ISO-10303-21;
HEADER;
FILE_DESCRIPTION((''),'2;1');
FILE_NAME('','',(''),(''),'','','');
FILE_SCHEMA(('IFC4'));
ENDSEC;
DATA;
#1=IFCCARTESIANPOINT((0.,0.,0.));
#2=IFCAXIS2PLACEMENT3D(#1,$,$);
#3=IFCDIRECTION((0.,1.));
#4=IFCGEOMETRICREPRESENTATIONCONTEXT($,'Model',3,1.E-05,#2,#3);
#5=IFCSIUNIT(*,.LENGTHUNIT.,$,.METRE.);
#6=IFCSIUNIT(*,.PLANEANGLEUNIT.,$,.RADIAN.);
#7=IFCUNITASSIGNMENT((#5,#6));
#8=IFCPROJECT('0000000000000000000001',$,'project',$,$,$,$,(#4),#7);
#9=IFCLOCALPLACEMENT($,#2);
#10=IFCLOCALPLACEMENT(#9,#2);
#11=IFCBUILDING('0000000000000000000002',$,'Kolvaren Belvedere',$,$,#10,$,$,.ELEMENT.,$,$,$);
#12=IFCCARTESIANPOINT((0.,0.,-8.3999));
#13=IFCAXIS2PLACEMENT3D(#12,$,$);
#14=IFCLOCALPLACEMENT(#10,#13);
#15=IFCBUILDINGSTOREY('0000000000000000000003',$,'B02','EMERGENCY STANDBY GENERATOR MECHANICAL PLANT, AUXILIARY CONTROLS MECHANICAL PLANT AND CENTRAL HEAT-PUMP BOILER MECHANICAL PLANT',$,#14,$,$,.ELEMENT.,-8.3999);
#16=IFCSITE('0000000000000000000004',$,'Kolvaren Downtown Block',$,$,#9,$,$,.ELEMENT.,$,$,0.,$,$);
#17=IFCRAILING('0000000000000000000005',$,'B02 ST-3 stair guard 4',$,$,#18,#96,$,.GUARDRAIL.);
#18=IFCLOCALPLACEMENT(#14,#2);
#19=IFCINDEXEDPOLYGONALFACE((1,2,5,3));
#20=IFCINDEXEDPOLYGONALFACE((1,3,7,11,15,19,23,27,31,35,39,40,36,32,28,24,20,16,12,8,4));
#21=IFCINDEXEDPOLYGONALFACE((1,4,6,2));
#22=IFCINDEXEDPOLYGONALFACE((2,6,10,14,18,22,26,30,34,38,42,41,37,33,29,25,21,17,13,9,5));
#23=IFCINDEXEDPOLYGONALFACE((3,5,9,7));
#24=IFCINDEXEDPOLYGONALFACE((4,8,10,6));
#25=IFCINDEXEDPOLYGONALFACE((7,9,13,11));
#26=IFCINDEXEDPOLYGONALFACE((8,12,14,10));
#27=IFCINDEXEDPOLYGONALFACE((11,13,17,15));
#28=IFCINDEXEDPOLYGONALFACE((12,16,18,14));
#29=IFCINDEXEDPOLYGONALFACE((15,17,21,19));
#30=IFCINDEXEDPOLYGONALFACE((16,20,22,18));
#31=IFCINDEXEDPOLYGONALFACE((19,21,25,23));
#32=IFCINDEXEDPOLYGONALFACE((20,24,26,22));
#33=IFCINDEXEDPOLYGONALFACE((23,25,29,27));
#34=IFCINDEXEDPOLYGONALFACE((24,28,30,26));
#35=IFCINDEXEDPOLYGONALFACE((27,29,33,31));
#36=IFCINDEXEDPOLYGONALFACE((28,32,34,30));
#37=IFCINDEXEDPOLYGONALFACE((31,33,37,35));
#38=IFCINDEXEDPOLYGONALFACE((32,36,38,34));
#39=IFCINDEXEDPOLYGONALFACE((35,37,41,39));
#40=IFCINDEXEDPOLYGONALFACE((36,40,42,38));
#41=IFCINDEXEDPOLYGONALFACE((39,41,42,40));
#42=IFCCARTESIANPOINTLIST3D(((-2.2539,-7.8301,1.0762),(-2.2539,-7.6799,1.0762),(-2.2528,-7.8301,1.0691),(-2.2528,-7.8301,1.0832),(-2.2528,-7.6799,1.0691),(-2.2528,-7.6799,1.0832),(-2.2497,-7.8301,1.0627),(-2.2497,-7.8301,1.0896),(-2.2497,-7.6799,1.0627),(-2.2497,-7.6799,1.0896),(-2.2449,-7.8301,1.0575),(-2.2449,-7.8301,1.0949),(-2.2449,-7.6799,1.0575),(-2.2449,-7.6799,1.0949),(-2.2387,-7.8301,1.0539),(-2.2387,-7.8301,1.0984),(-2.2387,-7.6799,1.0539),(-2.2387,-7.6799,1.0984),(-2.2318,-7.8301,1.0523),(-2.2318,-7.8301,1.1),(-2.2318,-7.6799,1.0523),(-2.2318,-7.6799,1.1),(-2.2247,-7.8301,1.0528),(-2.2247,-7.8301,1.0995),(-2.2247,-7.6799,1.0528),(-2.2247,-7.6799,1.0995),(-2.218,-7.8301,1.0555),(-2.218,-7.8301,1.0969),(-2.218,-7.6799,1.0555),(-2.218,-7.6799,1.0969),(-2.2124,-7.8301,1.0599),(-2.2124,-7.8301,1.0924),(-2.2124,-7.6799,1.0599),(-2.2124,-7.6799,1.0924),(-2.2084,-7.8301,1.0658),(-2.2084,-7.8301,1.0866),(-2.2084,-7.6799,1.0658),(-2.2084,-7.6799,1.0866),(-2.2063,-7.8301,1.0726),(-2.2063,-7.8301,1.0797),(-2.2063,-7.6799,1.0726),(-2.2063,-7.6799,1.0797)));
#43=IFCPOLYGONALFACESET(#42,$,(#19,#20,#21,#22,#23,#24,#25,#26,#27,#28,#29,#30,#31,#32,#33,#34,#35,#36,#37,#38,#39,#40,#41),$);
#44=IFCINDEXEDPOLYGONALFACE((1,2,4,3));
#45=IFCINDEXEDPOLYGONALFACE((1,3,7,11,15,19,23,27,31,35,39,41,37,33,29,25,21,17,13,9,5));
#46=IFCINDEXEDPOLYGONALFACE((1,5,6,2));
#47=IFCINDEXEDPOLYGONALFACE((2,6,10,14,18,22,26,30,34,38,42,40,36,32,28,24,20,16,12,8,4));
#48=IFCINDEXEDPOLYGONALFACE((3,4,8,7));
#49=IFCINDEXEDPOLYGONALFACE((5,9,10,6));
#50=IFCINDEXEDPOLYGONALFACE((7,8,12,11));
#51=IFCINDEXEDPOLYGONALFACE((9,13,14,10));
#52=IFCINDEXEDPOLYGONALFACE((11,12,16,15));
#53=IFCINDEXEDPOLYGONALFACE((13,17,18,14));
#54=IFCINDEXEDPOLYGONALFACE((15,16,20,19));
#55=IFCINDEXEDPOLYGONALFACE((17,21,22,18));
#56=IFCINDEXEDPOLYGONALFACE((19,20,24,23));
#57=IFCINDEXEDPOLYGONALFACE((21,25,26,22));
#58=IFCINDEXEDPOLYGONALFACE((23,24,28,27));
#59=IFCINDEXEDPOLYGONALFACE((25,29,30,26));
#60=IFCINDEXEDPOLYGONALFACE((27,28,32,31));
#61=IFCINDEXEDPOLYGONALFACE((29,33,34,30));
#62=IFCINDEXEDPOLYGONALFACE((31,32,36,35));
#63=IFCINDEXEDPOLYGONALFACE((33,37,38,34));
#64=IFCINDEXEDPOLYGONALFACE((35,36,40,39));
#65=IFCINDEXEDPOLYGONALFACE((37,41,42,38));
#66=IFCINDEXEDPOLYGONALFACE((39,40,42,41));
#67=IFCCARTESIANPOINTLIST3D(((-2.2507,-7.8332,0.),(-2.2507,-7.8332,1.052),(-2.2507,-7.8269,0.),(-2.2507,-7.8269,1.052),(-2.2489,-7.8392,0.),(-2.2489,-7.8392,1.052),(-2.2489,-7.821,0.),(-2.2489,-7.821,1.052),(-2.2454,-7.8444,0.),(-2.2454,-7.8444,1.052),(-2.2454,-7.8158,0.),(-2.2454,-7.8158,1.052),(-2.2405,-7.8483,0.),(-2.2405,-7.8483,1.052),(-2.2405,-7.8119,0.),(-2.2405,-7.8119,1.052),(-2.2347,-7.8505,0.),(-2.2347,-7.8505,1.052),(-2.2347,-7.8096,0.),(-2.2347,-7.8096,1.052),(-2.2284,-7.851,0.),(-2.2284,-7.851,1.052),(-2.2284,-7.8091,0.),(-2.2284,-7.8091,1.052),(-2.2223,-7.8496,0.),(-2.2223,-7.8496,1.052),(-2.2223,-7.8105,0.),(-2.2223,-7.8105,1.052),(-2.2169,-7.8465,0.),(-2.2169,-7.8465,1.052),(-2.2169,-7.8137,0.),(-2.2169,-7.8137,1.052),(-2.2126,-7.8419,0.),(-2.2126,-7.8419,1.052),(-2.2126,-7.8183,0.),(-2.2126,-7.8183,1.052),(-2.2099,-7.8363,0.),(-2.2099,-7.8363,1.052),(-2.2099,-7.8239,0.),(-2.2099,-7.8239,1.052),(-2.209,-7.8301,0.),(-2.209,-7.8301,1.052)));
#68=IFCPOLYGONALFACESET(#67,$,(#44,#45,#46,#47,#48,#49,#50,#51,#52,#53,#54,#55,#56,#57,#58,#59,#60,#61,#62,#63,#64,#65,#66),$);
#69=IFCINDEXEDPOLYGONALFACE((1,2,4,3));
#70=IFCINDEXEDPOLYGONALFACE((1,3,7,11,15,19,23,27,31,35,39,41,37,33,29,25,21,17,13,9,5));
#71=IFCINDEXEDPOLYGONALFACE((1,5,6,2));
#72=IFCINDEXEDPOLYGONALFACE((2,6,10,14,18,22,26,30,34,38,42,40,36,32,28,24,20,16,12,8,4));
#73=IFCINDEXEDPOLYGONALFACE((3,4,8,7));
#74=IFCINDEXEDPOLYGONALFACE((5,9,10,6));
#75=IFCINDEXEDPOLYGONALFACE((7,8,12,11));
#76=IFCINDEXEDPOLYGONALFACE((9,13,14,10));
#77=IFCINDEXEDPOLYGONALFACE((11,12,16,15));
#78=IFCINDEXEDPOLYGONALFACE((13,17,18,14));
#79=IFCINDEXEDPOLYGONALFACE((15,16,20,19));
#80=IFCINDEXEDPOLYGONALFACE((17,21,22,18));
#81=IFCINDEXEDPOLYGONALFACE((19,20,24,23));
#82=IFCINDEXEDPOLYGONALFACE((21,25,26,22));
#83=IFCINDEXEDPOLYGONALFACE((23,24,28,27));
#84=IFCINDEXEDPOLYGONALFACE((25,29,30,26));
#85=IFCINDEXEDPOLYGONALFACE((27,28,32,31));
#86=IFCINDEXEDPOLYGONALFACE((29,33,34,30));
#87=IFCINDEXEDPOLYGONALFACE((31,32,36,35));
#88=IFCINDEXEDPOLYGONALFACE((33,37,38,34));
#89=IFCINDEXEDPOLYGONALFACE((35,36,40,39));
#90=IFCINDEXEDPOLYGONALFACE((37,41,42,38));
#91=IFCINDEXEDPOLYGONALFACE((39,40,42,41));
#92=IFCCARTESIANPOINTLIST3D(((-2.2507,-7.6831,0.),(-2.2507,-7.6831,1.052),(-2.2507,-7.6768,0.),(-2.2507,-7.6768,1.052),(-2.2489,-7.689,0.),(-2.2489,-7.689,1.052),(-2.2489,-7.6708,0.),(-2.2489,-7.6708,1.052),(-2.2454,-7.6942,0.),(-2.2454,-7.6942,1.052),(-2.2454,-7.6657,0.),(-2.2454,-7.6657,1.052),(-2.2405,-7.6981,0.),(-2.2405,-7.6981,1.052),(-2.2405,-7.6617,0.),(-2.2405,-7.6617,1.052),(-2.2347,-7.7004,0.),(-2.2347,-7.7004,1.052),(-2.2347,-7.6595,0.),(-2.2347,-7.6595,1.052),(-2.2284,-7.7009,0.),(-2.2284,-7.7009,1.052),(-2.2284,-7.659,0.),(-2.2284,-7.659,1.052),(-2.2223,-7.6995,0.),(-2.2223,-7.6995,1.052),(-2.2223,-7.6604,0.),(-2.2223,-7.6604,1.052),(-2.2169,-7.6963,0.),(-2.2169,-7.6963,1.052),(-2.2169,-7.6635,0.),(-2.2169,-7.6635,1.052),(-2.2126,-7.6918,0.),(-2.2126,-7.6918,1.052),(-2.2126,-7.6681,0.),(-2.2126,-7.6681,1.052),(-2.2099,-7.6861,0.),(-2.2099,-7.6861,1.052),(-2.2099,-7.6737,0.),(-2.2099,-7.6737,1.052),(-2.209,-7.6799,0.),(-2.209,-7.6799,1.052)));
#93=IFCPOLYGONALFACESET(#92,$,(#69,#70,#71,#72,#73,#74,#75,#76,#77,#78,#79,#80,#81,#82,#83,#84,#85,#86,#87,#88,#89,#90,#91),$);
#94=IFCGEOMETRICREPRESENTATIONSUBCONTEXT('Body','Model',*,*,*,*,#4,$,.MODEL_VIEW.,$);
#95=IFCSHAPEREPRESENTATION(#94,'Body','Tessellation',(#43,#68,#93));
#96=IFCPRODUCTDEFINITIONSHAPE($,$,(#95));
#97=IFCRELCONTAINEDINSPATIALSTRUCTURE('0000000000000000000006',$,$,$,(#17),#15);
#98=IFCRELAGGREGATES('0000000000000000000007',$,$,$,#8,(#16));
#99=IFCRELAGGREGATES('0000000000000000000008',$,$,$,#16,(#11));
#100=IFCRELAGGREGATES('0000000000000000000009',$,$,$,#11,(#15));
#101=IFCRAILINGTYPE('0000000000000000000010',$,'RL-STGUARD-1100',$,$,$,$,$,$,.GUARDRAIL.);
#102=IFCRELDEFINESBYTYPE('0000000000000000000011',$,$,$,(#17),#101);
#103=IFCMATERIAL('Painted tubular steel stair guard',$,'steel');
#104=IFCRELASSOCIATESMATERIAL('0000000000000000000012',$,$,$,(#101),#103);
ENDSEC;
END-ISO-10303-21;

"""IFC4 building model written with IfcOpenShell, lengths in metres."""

from ifc_helpers import new_model, si_unit, direction, frame, origin, origin_2d, place, context, subcontext, project, spatial, circle, extrude, material, type_object, element, save


model = new_model("IFC4")

# Units and contexts
model_context = context("Model", 3, precision=1e-05, world=origin(), true_north=direction((0.0, 1.0)))
body_context = subcontext(model_context, "Body", "Model", "MODEL_VIEW")
ifc_project = project(units=[si_unit("LENGTHUNIT", "METRE"), si_unit("PLANEANGLEUNIT", "RADIAN")], contexts=[model_context])

# Site, building, storey
site_placement = place(None, origin())
site = spatial("IfcSite", under=ifc_project, at=site_placement, Name="Kolvaren Downtown Block", CompositionType="ELEMENT", RefElevation=0.0)
building_placement = place(site_placement, origin())
building = spatial("IfcBuilding", under=site, at=building_placement, Name="Kolvaren Belvedere", CompositionType="ELEMENT")
storey_placement = place(building_placement, frame((0.0, 0.0, -8.3999)))
storey = spatial("IfcBuildingStorey", under=building, at=storey_placement, Name="B02", Description="EMERGENCY STANDBY GENERATOR MECHANICAL PLANT, AUXILIARY CONTROLS MECHANICAL PLANT AND CENTRAL HEAT-PUMP BOILER MECHANICAL PLANT", CompositionType="ELEMENT", Elevation=-8.3999)

# Railing
ifc_material_1 = material(Name="Painted tubular steel stair guard", Category="steel")
railing_type_1 = type_object("IfcRailingType", Name="RL-STGUARD-1100", PredefinedType="GUARDRAIL", material=ifc_material_1)
railing_1_placement = place(storey_placement, frame((-2.23, -7.8301, 0.0)))
element("IfcRailing", 1, at=railing_1_placement, inside=storey, type_object=railing_type_1, Name="B02 ST-3 stair guard 4", PredefinedType="GUARDRAIL", context=body_context, shape_type="SweptSolid", body=[
    extrude(circle(Radius=0.0239, at=origin_2d()), frame((0.0, 0.0, 1.0762), z_axis=(0.0, 1.0, 0.0), x_axis=(-1.0, 0.0, 0.0)), (0.0, 0.0, 1.0), 0.1501),
    extrude(circle(Radius=0.021, at=origin_2d()), origin(), (0.0, 0.0, 1.0), 1.052),
    extrude(circle(Radius=0.021, at=origin_2d()), frame((0.0, 0.1501, 0.0)), (0.0, 0.0, 1.0), 1.052),
])

save(model, "model.ifc")
